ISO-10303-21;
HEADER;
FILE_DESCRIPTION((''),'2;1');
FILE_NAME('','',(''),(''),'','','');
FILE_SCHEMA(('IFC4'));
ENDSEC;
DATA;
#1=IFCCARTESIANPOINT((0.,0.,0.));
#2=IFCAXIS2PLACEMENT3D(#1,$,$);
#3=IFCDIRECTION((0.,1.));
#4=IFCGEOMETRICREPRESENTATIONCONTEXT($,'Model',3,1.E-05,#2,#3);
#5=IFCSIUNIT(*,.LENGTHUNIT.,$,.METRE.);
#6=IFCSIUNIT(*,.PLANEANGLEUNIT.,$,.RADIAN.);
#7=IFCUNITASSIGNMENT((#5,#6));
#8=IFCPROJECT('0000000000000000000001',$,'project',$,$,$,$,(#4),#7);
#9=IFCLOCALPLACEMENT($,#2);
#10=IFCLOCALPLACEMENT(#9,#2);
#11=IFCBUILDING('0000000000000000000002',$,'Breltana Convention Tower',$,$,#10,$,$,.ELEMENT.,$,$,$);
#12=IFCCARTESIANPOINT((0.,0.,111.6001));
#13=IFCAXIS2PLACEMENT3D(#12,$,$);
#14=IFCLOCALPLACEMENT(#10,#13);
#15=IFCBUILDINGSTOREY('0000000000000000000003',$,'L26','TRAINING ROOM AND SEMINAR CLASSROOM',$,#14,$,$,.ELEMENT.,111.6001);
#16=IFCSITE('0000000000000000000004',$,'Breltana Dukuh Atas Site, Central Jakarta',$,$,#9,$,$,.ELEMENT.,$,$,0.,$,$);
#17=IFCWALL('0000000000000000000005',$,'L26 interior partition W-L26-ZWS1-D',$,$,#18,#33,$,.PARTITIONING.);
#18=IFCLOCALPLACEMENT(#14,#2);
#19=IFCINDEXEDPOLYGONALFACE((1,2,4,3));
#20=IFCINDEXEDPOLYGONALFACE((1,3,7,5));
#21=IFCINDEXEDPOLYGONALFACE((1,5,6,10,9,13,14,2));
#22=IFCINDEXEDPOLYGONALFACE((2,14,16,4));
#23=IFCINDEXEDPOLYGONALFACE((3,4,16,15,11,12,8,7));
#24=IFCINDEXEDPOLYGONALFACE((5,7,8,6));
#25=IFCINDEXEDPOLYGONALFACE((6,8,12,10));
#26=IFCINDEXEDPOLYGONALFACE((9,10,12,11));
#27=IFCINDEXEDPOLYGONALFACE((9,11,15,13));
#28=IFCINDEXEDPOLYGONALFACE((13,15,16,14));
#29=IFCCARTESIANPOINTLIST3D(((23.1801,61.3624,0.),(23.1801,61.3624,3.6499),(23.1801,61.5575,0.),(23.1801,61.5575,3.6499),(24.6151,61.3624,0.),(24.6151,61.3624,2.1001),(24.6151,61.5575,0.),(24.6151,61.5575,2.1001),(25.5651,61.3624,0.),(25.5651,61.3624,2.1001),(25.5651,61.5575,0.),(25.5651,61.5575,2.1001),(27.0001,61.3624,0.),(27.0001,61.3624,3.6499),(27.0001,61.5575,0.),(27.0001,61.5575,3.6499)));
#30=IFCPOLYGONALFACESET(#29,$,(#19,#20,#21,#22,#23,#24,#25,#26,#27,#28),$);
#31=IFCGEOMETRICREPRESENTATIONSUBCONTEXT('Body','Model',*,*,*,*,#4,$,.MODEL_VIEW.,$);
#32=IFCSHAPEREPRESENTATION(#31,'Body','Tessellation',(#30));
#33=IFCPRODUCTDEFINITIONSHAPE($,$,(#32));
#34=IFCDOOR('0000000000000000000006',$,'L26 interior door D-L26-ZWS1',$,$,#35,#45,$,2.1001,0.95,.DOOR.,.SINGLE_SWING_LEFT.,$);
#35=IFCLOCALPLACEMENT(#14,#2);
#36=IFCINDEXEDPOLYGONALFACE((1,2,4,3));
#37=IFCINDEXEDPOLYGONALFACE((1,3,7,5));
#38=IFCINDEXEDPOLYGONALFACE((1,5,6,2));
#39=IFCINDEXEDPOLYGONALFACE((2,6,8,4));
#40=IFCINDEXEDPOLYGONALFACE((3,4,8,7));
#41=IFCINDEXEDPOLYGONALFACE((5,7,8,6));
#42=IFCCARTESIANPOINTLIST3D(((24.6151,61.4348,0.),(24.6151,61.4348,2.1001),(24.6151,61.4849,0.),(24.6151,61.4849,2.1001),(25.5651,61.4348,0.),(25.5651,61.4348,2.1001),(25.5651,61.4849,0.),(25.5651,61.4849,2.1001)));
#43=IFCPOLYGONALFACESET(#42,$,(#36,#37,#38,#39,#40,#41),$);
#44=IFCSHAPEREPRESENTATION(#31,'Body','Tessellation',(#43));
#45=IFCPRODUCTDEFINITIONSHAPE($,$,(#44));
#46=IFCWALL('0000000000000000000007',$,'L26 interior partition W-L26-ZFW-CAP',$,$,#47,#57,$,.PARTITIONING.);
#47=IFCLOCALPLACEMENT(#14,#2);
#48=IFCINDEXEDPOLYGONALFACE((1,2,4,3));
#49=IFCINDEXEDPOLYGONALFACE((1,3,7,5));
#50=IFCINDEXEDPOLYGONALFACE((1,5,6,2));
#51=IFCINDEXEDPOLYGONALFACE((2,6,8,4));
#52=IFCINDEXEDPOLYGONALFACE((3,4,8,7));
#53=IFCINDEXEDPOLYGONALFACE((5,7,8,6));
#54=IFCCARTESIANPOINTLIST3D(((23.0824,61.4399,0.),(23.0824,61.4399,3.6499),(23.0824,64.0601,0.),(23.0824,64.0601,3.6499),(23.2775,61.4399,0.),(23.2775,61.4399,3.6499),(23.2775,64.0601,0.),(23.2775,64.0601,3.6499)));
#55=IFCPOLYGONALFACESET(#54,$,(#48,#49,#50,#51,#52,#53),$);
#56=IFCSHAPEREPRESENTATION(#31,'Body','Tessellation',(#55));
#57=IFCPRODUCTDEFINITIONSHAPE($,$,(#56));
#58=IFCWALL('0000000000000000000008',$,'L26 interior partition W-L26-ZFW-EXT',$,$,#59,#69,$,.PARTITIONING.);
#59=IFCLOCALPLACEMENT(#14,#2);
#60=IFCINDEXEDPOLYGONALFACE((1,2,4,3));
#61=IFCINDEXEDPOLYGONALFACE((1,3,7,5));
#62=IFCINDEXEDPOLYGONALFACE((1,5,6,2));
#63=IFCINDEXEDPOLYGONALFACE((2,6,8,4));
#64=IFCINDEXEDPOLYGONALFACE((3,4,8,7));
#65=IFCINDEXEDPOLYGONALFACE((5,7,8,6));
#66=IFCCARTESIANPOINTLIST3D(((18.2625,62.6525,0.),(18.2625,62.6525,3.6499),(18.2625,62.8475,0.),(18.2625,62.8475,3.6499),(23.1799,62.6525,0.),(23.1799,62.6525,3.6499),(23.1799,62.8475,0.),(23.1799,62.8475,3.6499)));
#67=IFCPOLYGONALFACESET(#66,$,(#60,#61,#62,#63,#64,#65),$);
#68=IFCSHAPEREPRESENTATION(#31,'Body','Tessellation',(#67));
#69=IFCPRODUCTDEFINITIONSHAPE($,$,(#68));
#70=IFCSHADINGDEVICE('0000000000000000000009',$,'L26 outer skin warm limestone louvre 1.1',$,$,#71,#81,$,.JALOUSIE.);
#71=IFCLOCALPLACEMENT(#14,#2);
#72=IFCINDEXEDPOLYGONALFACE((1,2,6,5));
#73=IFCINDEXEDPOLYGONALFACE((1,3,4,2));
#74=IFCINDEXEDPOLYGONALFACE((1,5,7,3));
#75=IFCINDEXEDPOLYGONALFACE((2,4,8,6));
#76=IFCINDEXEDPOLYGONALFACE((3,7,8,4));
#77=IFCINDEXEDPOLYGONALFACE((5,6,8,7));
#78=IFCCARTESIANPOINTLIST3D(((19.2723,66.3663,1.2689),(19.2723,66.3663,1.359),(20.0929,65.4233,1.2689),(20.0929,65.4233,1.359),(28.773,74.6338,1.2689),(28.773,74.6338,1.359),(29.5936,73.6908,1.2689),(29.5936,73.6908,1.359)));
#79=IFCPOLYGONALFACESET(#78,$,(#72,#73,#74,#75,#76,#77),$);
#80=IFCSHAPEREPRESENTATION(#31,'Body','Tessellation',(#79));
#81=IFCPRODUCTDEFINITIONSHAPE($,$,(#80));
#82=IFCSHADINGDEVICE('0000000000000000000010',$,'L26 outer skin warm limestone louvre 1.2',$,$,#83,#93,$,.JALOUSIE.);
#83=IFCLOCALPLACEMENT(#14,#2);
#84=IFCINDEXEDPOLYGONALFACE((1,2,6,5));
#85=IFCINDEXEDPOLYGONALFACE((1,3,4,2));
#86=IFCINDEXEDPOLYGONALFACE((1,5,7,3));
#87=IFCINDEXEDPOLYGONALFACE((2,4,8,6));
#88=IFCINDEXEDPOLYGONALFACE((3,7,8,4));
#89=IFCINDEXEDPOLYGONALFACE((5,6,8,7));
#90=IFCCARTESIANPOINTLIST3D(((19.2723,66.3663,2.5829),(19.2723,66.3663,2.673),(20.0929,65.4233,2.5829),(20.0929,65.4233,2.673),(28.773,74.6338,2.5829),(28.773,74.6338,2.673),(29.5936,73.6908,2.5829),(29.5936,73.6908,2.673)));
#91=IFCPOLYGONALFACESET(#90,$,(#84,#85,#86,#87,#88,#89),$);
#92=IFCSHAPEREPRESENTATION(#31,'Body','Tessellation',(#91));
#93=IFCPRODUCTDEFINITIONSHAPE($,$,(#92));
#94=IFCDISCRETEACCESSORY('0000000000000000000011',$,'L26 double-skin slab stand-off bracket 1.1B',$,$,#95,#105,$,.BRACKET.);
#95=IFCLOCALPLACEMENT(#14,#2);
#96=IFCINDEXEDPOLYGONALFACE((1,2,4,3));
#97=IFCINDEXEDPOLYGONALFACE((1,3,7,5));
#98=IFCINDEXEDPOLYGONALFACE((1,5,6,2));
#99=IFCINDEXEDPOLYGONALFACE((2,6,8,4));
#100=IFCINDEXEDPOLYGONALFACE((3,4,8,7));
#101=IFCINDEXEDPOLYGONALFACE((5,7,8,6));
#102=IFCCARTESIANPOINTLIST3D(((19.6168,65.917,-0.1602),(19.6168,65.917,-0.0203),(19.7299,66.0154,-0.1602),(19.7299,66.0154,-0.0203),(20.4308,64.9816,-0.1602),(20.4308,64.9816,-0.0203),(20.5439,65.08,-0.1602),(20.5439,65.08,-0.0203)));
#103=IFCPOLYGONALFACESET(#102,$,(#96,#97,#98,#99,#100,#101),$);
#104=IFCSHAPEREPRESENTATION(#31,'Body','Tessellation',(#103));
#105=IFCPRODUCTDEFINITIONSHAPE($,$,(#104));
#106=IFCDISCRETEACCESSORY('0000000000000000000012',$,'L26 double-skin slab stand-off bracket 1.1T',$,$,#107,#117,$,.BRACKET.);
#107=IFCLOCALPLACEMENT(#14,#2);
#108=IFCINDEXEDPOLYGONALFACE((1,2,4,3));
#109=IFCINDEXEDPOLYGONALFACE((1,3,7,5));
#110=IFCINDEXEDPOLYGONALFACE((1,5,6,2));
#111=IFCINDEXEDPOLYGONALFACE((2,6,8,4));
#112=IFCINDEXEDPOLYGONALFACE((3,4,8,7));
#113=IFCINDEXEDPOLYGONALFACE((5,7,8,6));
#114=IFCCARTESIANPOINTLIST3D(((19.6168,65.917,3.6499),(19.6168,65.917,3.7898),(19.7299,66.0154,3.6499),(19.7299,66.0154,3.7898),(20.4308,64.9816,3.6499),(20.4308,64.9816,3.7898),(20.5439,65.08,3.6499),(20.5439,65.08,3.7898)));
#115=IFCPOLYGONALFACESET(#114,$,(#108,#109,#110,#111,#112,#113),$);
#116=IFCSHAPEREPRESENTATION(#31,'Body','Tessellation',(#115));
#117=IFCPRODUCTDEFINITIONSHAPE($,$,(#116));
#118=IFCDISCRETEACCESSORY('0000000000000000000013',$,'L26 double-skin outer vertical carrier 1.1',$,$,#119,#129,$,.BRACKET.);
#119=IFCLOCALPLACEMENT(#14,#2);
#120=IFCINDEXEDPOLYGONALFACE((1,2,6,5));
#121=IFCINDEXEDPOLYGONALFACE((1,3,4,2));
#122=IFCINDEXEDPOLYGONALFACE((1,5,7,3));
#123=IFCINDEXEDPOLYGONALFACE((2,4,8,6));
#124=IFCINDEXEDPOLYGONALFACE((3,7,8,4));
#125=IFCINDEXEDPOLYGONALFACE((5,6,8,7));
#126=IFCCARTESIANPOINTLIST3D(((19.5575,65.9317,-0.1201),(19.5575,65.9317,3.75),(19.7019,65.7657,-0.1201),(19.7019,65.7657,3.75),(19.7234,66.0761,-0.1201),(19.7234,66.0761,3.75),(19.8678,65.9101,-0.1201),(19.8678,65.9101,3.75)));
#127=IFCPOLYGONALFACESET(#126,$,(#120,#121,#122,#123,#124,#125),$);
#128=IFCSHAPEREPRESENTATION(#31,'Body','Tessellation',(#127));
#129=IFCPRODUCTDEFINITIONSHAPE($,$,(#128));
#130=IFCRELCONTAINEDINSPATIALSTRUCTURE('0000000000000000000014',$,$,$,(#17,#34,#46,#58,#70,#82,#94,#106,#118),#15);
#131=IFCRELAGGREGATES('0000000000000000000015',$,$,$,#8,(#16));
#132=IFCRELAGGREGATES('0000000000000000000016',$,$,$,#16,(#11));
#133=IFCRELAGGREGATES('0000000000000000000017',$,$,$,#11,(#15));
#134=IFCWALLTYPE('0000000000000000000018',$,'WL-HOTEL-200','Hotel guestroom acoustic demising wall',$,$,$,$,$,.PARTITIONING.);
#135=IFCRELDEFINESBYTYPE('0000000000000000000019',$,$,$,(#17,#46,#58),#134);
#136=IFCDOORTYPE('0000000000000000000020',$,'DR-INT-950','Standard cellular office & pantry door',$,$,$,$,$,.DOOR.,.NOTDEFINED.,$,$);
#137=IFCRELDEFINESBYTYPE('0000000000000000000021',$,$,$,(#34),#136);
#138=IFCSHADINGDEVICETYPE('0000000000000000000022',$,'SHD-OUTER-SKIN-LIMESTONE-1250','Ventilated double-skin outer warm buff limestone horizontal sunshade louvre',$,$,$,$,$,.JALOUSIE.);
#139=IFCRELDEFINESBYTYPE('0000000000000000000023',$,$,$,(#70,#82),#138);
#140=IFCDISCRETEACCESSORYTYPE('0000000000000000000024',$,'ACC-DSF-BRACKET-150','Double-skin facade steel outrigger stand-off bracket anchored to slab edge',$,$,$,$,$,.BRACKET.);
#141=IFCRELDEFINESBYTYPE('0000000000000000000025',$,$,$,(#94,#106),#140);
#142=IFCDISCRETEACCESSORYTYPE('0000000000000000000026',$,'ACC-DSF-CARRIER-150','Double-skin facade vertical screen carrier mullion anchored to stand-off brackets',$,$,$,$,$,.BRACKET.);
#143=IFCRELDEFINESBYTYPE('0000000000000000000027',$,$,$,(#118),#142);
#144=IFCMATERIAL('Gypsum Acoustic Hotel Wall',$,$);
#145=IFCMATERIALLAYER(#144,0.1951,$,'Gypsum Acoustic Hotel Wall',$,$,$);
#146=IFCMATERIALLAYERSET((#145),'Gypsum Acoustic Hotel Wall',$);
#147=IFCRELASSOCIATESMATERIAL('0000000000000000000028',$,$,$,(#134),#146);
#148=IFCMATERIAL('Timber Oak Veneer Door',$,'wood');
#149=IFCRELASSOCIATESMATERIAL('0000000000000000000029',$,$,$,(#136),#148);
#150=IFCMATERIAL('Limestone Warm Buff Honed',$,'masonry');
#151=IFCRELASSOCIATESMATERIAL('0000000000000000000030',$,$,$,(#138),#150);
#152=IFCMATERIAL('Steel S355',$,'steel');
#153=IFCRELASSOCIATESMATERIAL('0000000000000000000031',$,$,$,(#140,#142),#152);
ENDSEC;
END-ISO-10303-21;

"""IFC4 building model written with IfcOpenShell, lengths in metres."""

from ifc_helpers import new_model, si_unit, direction, frame, frame_2d, origin, origin_2d, place, context, subcontext, project, spatial, rectangle, extrude, source, transform, mapped, material, layer, layer_set, material_profile, profile_set, type_object, type_shapes, element, fill, save


model = new_model("IFC4")

# Units and contexts
model_context = context("Model", 3, precision=1e-05, world=origin(), true_north=direction((0.0, 1.0)))
body_context = subcontext(model_context, "Body", "Model", "MODEL_VIEW")
ifc_project = project(units=[si_unit("LENGTHUNIT", "METRE"), si_unit("PLANEANGLEUNIT", "RADIAN")], contexts=[model_context])

# Site, building, storey
site_placement = place(None, origin())
site = spatial("IfcSite", under=ifc_project, at=site_placement, Name="Breltana Dukuh Atas Site, Central Jakarta", CompositionType="ELEMENT", RefElevation=0.0)
building_placement = place(site_placement, origin())
building = spatial("IfcBuilding", under=site, at=building_placement, Name="Breltana Convention Tower", CompositionType="ELEMENT")
storey_placement = place(building_placement, frame((0.0, 0.0, 111.6001)))
storey = spatial("IfcBuildingStorey", under=building, at=storey_placement, Name="L26", Description="TRAINING ROOM AND SEMINAR CLASSROOM", CompositionType="ELEMENT", Elevation=111.6001)

# Wall, opening, door
ifc_material_1 = material(Name="Gypsum Acoustic Hotel Wall")
ifc_layer_1 = layer(ifc_material_1, 0.1951, Name="Gypsum Acoustic Hotel Wall")
ifc_layer_set_1 = layer_set([ifc_layer_1], Name="Gypsum Acoustic Hotel Wall")
wall_type_1 = type_object("IfcWallType", Name="WL-HOTEL-200", Description="Hotel guestroom acoustic demising wall", PredefinedType="PARTITIONING", material=ifc_layer_set_1)
shared_shape_1 = source(origin(), body_context, "Body", "SweptSolid", [
    extrude(rectangle(XDim=3.8201, YDim=0.1951, at=frame_2d((1.9102, 0.0))), origin(), (0.0, 0.0, 1.0), 3.6499),
])
wall_1_placement = place(storey_placement, frame((23.1799, 61.46, 0.0), z_axis=(0.0, 0.0, 1.0), x_axis=(1.0, 0.0, 0.0)))
wall_1 = element("IfcWall", 1, at=wall_1_placement, inside=storey, type_object=wall_type_1, Name="L26 interior partition W-L26-ZWS1-D", PredefinedType="PARTITIONING", context=body_context, shape_type="MappedRepresentation", body=[
    mapped(shared_shape_1, transform((0.0, 0.0, 0.0), scale=1.0)),
])
opening_placement = place(wall_1_placement, frame((1.4351, 0.0, 0.0)))
opening = element("IfcOpeningElement", 2, at=opening_placement, cuts=wall_1, PredefinedType="OPENING", context=body_context, shape_type="SweptSolid", body=[
    extrude(rectangle(XDim=0.95, YDim=2.1001, at=frame_2d((0.4751, 1.05))), frame((0.0, 0.1074, 0.0), z_axis=(0.0, -1.0, 0.0), x_axis=(1.0, 0.0, 0.0)), (0.0, 0.0, 1.0), 0.2151),
])
ifc_material_2 = material(Name="Timber Oak Veneer Door", Category="wood")
door_type = type_object("IfcDoorType", Name="DR-INT-950", Description="Standard cellular office & pantry door", OperationType="NOTDEFINED", PredefinedType="DOOR", material=ifc_material_2)
shared_shape_2 = source(origin(), body_context, "Body", "SweptSolid", [
    extrude(rectangle(XDim=0.95, YDim=2.1001, at=frame_2d((0.4751, 1.05))), frame((0.0, 0.0249, 0.0), z_axis=(0.0, -1.0, 0.0), x_axis=(1.0, 0.0, 0.0)), (0.0, 0.0, 1.0), 0.05),
])
type_shapes(door_type, [shared_shape_2])
door_placement = place(opening_placement, origin())
door = element("IfcDoor", 3, at=door_placement, inside=storey, type_object=door_type, Name="L26 interior door D-L26-ZWS1", OperationType="SINGLE_SWING_LEFT", OverallHeight=2.1001, OverallWidth=0.95, PredefinedType="DOOR", context=body_context, shape_type="MappedRepresentation", body=[
    mapped(shared_shape_2, transform((0.0, 0.0, 0.0), scale=1.0)),
])
fill(opening, door)

# Walls
shared_shape_3 = source(origin(), body_context, "Body", "SweptSolid", [
    extrude(rectangle(XDim=2.6201, YDim=0.1951, at=frame_2d((1.3101, 0.0))), origin(), (0.0, 0.0, 1.0), 3.6499),
])
wall_2_placement = place(storey_placement, frame((23.1799, 61.4399, 0.0), z_axis=(0.0, 0.0, 1.0), x_axis=(0.0, 1.0, 0.0)))
element("IfcWall", 4, at=wall_2_placement, inside=storey, type_object=wall_type_1, Name="L26 interior partition W-L26-ZFW-CAP", PredefinedType="PARTITIONING", context=body_context, shape_type="MappedRepresentation", body=[
    mapped(shared_shape_3, transform((0.0, 0.0, 0.0), scale=1.0)),
])
shared_shape_4 = source(origin(), body_context, "Body", "SweptSolid", [
    extrude(rectangle(XDim=4.9175, YDim=0.1951, at=frame_2d((2.4587, 0.0))), origin(), (0.0, 0.0, 1.0), 3.6499),
])
wall_3_placement = place(storey_placement, frame((18.2625, 62.75, 0.0), z_axis=(0.0, 0.0, 1.0), x_axis=(1.0, 0.0, 0.0)))
element("IfcWall", 5, at=wall_3_placement, inside=storey, type_object=wall_type_1, Name="L26 interior partition W-L26-ZFW-EXT", PredefinedType="PARTITIONING", context=body_context, shape_type="MappedRepresentation", body=[
    mapped(shared_shape_4, transform((0.0, 0.0, 0.0), scale=1.0)),
])

# Shading devices
ifc_material_3 = material(Name="Limestone Warm Buff Honed", Category="masonry")
ifc_material_profile_1 = material_profile(ifc_material_3, rectangle(XDim=1.25, YDim=0.0901, at=origin_2d()), Name="STN-LVR-1250X90")
ifc_profile_set_1 = profile_set([ifc_material_profile_1], Name="Limestone Warm Buff Honed")
shading_device_type = type_object("IfcShadingDeviceType", Name="SHD-OUTER-SKIN-LIMESTONE-1250", Description="Ventilated double-skin outer warm buff limestone horizontal sunshade louvre", PredefinedType="JALOUSIE", material=ifc_profile_set_1)
shared_shape_5 = source(origin(), body_context, "Body", "SweptSolid", [
    extrude(rectangle(XDim=1.25, YDim=0.0901, at=origin_2d()), origin(), (0.0, 0.0, 1.0), 12.5942),
])
for number, where, z_axis, x_axis, name in (
    (6, (19.6826, 65.8948, 1.314), (0.754367, 0.656453, 0.0), (-0.656453, 0.754367, 0.0), "L26 outer skin warm limestone louvre 1.1"),
    (7, (19.6826, 65.8948, 2.6279), (0.754367, 0.656453, 0.0), (-0.656453, 0.754367, 0.0), "L26 outer skin warm limestone louvre 1.2"),
):
    element("IfcShadingDevice", number, at=place(storey_placement, frame(where, z_axis=z_axis, x_axis=x_axis)), inside=storey, type_object=shading_device_type, Name=name, PredefinedType="JALOUSIE", context=body_context, shape_type="MappedRepresentation", body=[
        mapped(shared_shape_5, transform((0.0, 0.0, 0.0), scale=1.0)),
    ])

# Discrete accessories
ifc_material_4 = material(Name="Steel S355", Category="steel")
discrete_accessory_type_1 = type_object("IfcDiscreteAccessoryType", Name="ACC-DSF-BRACKET-150", Description="Double-skin facade steel outrigger stand-off bracket anchored to slab edge", PredefinedType="BRACKET", material=ifc_material_4)
shared_shape_6 = source(origin(), body_context, "Body", "SweptSolid", [
    extrude(rectangle(XDim=1.24, YDim=0.1499, at=origin_2d()), origin(), (0.0, 0.0, 1.0), 0.1399),
])
type_shapes(discrete_accessory_type_1, [shared_shape_6])
for number, where, z_axis, x_axis, name in (
    (8, (20.0803, 65.4985, -0.1602), (0.0, 0.0, 1.0), (-0.656454, 0.754366, 0.0), "L26 double-skin slab stand-off bracket 1.1B"),
    (9, (20.0803, 65.4985, 3.6499), (0.0, 0.0, 1.0), (-0.656454, 0.754366, 0.0), "L26 double-skin slab stand-off bracket 1.1T"),
):
    element("IfcDiscreteAccessory", number, at=place(storey_placement, frame(where, z_axis=z_axis, x_axis=x_axis)), inside=storey, type_object=discrete_accessory_type_1, Name=name, PredefinedType="BRACKET", context=body_context, shape_type="MappedRepresentation", body=[
        mapped(shared_shape_6, transform((0.0, 0.0, 0.0), scale=1.0)),
    ])
discrete_accessory_type_2 = type_object("IfcDiscreteAccessoryType", Name="ACC-DSF-CARRIER-150", Description="Double-skin facade vertical screen carrier mullion anchored to stand-off brackets", PredefinedType="BRACKET", material=ifc_material_4)
shared_shape_7 = source(origin(), body_context, "Body", "SweptSolid", [
    extrude(rectangle(XDim=0.22, YDim=0.22, at=origin_2d()), origin(), (0.0, 0.0, 1.0), 3.8701),
])
discrete_accessory_placement = place(storey_placement, frame((19.7126, 65.9209, -0.1201), z_axis=(0.0, 0.0, 1.0), x_axis=(-0.656454, 0.754366, 0.0)))
element("IfcDiscreteAccessory", 10, at=discrete_accessory_placement, inside=storey, type_object=discrete_accessory_type_2, Name="L26 double-skin outer vertical carrier 1.1", PredefinedType="BRACKET", context=body_context, shape_type="MappedRepresentation", body=[
    mapped(shared_shape_7, transform((0.0, 0.0, 0.0), scale=1.0)),
])

save(model, "model.ifc")
